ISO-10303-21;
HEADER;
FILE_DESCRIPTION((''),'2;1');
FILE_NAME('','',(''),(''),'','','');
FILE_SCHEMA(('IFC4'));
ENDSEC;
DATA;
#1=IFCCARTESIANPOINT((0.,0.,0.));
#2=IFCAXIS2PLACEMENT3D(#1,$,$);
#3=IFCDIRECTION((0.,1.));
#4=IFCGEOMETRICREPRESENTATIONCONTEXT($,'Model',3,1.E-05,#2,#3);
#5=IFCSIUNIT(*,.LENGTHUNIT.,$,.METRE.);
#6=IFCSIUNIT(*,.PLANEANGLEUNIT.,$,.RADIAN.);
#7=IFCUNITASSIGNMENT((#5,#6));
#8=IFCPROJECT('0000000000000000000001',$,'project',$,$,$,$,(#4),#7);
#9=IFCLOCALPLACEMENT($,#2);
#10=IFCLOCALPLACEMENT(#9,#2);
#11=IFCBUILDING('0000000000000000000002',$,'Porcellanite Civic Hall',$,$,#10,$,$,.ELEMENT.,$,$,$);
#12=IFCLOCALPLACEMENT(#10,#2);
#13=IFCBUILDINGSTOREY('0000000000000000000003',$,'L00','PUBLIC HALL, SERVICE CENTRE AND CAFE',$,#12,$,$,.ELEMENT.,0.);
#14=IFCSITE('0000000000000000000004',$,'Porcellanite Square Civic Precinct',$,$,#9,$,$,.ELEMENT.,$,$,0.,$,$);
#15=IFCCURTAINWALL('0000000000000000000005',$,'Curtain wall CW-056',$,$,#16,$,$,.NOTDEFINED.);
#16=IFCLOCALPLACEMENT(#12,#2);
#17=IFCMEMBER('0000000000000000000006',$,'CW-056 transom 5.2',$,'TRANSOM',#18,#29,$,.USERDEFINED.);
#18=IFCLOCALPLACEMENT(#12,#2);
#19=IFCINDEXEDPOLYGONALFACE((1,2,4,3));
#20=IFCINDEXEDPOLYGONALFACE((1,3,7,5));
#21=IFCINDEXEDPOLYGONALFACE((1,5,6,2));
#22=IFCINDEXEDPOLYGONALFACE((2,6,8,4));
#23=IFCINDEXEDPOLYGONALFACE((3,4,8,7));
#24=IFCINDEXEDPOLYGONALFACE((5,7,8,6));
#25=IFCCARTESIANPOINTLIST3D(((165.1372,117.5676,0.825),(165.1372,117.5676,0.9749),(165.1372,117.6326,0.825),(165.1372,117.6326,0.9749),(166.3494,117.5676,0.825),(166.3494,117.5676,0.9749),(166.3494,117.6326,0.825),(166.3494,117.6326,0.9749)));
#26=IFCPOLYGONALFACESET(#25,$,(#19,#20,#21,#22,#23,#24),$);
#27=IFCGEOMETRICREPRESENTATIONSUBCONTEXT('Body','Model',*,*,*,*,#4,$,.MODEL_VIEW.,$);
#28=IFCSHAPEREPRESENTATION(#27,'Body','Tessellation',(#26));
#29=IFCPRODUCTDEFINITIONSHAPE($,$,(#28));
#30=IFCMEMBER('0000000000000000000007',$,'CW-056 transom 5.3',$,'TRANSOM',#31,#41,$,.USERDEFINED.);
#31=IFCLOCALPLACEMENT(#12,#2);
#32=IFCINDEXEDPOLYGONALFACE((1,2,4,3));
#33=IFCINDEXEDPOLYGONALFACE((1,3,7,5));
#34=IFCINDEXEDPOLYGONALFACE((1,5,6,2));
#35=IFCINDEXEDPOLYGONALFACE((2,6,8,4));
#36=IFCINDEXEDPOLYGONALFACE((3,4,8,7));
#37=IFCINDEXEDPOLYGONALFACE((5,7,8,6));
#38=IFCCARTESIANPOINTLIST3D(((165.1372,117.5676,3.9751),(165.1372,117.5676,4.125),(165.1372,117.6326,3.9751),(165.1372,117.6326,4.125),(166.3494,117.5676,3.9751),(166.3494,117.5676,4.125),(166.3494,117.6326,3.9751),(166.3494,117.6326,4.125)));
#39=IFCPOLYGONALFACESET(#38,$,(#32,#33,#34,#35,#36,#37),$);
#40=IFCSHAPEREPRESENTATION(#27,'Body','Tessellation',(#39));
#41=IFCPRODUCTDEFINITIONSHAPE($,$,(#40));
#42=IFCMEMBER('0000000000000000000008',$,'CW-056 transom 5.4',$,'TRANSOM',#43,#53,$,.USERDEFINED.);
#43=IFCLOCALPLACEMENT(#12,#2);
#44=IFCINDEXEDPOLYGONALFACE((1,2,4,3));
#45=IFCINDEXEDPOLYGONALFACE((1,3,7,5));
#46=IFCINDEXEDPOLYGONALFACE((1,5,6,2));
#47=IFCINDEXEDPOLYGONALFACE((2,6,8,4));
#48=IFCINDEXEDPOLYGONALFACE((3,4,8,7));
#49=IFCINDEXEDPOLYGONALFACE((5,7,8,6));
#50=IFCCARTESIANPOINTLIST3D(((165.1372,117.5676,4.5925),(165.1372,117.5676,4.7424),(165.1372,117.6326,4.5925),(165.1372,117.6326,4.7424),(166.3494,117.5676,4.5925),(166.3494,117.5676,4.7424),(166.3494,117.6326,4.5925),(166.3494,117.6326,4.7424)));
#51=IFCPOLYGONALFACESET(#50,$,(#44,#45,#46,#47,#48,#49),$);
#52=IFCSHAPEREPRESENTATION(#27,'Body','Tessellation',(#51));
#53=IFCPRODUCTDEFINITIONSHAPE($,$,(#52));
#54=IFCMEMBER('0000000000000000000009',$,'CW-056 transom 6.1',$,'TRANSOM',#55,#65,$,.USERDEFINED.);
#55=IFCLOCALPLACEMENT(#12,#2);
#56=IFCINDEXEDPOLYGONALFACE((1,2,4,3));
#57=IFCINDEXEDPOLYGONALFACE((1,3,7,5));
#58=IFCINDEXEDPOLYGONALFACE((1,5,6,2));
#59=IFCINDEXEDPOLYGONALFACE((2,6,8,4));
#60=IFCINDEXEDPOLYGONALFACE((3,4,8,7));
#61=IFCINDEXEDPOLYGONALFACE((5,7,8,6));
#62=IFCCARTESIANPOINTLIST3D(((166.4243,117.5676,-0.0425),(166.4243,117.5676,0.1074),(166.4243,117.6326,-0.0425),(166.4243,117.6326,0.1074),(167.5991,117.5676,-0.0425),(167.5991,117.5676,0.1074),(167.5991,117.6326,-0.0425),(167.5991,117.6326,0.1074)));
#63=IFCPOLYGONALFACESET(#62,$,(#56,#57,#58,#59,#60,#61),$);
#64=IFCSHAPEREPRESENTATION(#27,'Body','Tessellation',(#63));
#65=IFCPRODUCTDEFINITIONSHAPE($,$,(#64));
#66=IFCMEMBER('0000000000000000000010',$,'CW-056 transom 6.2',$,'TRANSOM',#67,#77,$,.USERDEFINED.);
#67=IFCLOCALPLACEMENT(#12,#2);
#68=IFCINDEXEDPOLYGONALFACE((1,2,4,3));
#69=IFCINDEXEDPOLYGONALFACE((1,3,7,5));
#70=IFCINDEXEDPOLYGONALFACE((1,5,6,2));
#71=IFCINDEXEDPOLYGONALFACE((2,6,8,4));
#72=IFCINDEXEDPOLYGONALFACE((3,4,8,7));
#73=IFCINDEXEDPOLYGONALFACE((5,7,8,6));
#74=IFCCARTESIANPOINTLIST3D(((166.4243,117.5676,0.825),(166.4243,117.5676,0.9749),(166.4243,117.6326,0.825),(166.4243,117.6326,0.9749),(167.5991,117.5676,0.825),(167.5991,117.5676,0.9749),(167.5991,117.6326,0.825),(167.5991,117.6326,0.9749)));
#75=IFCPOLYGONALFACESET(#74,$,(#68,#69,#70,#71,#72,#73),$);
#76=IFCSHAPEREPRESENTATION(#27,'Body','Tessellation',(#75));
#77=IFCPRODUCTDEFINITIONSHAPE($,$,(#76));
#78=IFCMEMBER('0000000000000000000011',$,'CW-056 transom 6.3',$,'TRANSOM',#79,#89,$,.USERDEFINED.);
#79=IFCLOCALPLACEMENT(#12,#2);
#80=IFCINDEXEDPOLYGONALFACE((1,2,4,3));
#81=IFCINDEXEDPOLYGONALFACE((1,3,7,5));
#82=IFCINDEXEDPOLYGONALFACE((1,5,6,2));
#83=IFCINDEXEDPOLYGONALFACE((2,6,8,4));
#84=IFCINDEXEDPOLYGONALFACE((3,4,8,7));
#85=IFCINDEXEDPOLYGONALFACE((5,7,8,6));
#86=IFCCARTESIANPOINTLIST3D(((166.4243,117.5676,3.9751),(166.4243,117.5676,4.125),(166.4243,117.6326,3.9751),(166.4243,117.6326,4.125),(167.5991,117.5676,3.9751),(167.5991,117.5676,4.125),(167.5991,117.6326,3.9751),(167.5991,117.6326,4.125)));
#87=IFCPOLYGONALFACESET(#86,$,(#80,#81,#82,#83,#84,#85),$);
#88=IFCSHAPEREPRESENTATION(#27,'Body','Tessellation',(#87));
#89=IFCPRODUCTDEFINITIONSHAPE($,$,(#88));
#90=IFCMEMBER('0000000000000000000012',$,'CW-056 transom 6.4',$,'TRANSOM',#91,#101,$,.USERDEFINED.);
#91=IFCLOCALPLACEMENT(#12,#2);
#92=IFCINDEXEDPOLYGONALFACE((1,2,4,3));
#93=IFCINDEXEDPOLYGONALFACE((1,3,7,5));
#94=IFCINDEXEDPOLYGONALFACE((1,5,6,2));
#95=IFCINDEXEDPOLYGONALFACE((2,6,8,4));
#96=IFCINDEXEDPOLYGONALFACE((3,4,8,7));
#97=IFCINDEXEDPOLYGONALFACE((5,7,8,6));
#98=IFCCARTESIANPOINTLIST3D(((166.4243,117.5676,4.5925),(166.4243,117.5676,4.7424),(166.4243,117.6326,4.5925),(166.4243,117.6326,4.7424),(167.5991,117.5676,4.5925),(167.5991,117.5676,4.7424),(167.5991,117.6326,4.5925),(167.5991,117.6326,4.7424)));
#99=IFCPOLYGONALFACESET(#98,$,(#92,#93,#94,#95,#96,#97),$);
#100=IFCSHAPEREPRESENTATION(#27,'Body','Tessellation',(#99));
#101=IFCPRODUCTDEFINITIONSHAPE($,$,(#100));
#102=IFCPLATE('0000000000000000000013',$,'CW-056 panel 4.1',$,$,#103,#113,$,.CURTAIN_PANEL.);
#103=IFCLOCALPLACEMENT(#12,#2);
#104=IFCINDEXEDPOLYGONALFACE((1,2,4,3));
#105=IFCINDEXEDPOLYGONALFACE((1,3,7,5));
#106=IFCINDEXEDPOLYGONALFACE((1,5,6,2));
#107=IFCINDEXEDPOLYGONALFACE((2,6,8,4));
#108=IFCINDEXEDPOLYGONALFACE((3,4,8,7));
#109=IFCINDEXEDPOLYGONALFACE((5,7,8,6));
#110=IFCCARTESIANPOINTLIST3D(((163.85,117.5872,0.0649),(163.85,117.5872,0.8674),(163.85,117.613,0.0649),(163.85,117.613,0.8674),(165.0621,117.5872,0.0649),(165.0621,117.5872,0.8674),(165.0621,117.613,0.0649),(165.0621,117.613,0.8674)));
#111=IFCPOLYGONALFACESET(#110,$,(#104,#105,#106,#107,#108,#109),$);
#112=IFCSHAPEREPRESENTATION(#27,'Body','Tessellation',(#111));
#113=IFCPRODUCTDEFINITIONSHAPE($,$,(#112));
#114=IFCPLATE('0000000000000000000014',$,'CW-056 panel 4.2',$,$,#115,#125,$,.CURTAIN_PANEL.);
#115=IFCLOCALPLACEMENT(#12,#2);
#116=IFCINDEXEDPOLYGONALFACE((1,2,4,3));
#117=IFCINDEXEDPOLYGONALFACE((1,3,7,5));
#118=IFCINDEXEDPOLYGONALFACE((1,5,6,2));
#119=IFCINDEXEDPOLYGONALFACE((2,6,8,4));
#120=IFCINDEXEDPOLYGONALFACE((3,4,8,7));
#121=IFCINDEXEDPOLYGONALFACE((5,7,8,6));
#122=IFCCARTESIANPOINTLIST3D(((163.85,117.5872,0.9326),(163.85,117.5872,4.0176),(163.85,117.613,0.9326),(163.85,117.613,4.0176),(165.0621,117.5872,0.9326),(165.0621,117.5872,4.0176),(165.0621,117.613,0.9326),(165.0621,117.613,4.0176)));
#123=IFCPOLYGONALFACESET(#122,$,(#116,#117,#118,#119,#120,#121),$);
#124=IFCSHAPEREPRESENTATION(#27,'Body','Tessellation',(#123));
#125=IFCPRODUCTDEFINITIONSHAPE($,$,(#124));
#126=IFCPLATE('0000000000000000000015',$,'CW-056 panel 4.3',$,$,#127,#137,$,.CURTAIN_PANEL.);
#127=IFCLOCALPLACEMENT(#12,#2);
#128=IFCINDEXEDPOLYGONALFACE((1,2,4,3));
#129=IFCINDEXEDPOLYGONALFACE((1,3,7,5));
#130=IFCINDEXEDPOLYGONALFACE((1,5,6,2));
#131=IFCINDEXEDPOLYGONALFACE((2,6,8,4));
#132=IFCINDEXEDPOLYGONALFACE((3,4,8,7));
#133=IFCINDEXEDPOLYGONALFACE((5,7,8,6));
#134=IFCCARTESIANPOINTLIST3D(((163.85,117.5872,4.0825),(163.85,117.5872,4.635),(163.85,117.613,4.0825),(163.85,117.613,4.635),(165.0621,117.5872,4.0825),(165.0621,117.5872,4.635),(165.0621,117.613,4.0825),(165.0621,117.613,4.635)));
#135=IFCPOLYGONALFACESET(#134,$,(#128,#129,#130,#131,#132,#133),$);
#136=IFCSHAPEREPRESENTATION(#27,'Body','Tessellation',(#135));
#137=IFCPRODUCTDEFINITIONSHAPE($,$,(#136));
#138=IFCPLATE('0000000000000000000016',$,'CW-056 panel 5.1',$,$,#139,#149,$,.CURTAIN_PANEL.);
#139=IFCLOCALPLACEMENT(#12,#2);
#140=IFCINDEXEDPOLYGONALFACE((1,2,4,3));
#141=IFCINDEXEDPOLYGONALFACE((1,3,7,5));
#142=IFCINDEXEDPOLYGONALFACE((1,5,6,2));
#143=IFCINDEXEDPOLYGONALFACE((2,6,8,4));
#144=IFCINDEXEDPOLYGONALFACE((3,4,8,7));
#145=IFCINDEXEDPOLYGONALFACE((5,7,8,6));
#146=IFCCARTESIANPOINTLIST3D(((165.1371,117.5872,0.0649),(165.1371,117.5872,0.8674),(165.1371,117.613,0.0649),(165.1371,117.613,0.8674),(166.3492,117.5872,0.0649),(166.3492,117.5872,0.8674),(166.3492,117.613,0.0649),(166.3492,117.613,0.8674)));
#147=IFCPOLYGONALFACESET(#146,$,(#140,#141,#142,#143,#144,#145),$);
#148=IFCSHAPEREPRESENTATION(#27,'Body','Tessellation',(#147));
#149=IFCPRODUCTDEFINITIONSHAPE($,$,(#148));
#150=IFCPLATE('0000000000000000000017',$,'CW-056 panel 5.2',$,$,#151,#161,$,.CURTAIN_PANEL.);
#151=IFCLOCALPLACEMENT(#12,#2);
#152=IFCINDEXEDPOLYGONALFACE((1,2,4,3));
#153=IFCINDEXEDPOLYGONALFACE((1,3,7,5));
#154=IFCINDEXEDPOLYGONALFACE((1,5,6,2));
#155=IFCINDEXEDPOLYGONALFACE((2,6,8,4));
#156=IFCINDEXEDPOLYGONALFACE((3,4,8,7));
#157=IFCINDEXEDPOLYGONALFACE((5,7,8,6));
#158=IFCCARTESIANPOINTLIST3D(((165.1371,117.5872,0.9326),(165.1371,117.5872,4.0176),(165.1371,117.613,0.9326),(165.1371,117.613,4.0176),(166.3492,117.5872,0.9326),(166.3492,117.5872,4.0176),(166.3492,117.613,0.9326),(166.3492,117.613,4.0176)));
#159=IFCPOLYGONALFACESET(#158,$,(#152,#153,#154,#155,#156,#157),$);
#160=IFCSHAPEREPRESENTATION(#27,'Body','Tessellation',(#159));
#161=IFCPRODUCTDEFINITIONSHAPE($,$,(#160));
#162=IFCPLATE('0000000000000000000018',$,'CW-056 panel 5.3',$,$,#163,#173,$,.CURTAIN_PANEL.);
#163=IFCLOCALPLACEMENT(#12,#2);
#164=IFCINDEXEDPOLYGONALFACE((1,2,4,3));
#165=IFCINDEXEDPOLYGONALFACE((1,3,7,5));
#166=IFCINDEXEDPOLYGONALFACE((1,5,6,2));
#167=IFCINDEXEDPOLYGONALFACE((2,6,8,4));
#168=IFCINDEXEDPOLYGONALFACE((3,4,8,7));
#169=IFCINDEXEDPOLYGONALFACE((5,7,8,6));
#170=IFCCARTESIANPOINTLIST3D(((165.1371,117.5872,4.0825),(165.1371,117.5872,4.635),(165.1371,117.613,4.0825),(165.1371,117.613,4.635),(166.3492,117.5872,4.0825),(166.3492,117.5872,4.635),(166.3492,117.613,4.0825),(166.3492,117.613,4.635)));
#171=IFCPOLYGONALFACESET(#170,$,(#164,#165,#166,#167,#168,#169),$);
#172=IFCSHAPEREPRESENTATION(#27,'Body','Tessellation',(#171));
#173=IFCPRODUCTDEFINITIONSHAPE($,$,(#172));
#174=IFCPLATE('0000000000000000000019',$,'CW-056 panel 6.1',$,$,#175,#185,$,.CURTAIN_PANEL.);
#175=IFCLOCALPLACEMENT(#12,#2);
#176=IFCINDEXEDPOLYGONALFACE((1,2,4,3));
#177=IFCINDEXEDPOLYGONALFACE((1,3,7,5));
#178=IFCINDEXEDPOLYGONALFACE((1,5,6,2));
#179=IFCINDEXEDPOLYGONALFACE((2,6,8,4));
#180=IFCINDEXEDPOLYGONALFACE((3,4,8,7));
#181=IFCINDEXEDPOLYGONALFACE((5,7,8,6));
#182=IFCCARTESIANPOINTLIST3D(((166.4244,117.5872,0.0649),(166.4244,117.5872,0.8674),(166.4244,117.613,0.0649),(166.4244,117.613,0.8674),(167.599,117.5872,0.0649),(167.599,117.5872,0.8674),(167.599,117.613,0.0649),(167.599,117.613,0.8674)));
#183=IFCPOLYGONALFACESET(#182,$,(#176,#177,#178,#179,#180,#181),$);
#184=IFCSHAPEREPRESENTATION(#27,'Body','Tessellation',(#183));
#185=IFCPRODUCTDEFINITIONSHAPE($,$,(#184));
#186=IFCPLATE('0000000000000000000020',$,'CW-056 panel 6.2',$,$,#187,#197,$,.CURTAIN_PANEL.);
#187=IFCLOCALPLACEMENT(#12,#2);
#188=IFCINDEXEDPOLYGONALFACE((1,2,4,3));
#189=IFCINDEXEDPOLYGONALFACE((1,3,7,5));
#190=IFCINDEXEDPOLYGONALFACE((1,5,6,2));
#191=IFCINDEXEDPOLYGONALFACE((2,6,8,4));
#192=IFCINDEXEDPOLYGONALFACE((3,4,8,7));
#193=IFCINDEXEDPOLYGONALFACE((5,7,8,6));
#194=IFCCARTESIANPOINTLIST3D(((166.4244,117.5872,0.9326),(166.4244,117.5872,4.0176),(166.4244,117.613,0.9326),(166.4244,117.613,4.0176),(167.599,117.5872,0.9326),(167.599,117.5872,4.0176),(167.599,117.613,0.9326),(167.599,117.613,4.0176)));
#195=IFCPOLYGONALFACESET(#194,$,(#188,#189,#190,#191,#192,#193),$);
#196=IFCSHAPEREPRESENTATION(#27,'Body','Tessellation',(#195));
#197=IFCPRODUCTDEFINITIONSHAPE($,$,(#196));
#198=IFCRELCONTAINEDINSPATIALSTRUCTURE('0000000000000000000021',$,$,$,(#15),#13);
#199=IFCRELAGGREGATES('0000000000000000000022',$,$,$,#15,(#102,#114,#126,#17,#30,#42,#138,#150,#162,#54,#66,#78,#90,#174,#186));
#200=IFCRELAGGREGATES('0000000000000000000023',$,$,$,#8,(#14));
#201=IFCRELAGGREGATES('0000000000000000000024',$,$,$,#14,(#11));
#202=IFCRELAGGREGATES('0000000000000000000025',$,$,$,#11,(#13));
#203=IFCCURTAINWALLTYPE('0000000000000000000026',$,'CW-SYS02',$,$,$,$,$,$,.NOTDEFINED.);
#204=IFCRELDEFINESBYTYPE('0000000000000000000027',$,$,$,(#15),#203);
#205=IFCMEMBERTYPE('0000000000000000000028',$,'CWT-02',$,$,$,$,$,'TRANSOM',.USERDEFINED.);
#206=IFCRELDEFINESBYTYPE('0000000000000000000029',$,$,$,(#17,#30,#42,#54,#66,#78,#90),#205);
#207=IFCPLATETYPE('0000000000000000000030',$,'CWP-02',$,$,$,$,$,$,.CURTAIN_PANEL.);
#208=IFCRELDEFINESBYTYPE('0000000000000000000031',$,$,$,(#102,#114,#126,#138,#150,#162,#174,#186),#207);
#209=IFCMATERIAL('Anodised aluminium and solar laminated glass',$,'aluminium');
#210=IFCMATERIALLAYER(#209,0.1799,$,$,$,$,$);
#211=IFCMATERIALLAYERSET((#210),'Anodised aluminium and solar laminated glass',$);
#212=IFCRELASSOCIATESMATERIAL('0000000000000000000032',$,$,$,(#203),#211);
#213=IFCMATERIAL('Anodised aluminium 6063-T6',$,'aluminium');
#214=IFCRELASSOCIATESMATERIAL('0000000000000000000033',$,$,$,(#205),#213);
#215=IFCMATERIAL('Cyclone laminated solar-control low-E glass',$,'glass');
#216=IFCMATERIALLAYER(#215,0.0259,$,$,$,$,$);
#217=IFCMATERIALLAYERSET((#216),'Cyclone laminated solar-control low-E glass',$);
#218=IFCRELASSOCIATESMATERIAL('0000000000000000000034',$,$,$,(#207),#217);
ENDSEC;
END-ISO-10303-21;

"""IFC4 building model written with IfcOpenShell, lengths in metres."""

from ifc_helpers import new_model, si_unit, direction, frame, origin, origin_2d, place, context, subcontext, project, spatial, rectangle, extrude, material, layer, layer_set, material_profile, profile_set, type_object, element, aggregate, save


model = new_model("IFC4")

# Units and contexts
model_context = context("Model", 3, precision=1e-05, world=origin(), true_north=direction((0.0, 1.0)))
body_context = subcontext(model_context, "Body", "Model", "MODEL_VIEW")
ifc_project = project(units=[si_unit("LENGTHUNIT", "METRE"), si_unit("PLANEANGLEUNIT", "RADIAN")], contexts=[model_context])

# Site, building, storey
site_placement = place(None, origin())
site = spatial("IfcSite", under=ifc_project, at=site_placement, Name="Porcellanite Square Civic Precinct", CompositionType="ELEMENT", RefElevation=0.0)
building_placement = place(site_placement, origin())
building = spatial("IfcBuilding", under=site, at=building_placement, Name="Porcellanite Civic Hall", CompositionType="ELEMENT")
storey_placement = place(building_placement, origin())
storey = spatial("IfcBuildingStorey", under=building, at=storey_placement, Name="L00", Description="PUBLIC HALL, SERVICE CENTRE AND CAFE", CompositionType="ELEMENT", Elevation=0.0)

# Curtain wall, members, plates
ifc_material_1 = material(Name="Anodised aluminium and solar laminated glass", Category="aluminium")
ifc_layer_1 = layer(ifc_material_1, 0.1799)
ifc_layer_set_1 = layer_set([ifc_layer_1], Name="Anodised aluminium and solar laminated glass")
curtain_wall_type = type_object("IfcCurtainWallType", Name="CW-SYS02", PredefinedType="NOTDEFINED", material=ifc_layer_set_1)
curtain_wall_placement = place(storey_placement, origin())
curtain_wall = element("IfcCurtainWall", 1, at=curtain_wall_placement, inside=storey, type_object=curtain_wall_type, Name="Curtain wall CW-056", PredefinedType="NOTDEFINED")
ifc_material_2 = material(Name="Anodised aluminium 6063-T6", Category="aluminium")
ifc_material_profile_1 = material_profile(ifc_material_2, rectangle(XDim=0.0649, YDim=0.1499, at=origin_2d()), Name="AL-65x150")
ifc_profile_set_1 = profile_set([ifc_material_profile_1], Name="Anodised aluminium 6063-T6")
member_type_1 = type_object("IfcMemberType", Name="CWT-02", ElementType="TRANSOM", PredefinedType="USERDEFINED", material=ifc_profile_set_1)
member_1_placement = place(storey_placement, frame((165.1372, 117.6001, 0.8999), z_axis=(1.0, 0.0, 0.0), x_axis=(0.0, 1.0, 0.0)))
member_1 = element("IfcMember", 2, at=member_1_placement, type_object=member_type_1, Name="CW-056 transom 5.2", ObjectType="TRANSOM", PredefinedType="USERDEFINED", context=body_context, shape_type="SweptSolid", body=[
    extrude(rectangle(XDim=0.0649, YDim=0.1499, at=origin_2d()), origin(), (0.0, 0.0, 1.0), 1.2122),
])
member_2_placement = place(storey_placement, frame((165.1372, 117.6001, 4.05), z_axis=(1.0, 0.0, 0.0), x_axis=(0.0, 1.0, 0.0)))
member_2 = element("IfcMember", 3, at=member_2_placement, type_object=member_type_1, Name="CW-056 transom 5.3", ObjectType="TRANSOM", PredefinedType="USERDEFINED", context=body_context, shape_type="SweptSolid", body=[
    extrude(rectangle(XDim=0.0649, YDim=0.1499, at=origin_2d()), origin(), (0.0, 0.0, 1.0), 1.2122),
])
member_3_placement = place(storey_placement, frame((165.1372, 117.6001, 4.6675), z_axis=(1.0, 0.0, 0.0), x_axis=(0.0, 1.0, 0.0)))
member_3 = element("IfcMember", 4, at=member_3_placement, type_object=member_type_1, Name="CW-056 transom 5.4", ObjectType="TRANSOM", PredefinedType="USERDEFINED", context=body_context, shape_type="SweptSolid", body=[
    extrude(rectangle(XDim=0.0649, YDim=0.1499, at=origin_2d()), origin(), (0.0, 0.0, 1.0), 1.2122),
])
member_4_placement = place(storey_placement, frame((166.4243, 117.6001, 0.0325), z_axis=(1.0, 0.0, 0.0), x_axis=(0.0, 1.0, 0.0)))
member_4 = element("IfcMember", 5, at=member_4_placement, type_object=member_type_1, Name="CW-056 transom 6.1", ObjectType="TRANSOM", PredefinedType="USERDEFINED", context=body_context, shape_type="SweptSolid", body=[
    extrude(rectangle(XDim=0.0649, YDim=0.1499, at=origin_2d()), origin(), (0.0, 0.0, 1.0), 1.1748),
])
member_5_placement = place(storey_placement, frame((166.4243, 117.6001, 0.8999), z_axis=(1.0, 0.0, 0.0), x_axis=(0.0, 1.0, 0.0)))
member_5 = element("IfcMember", 6, at=member_5_placement, type_object=member_type_1, Name="CW-056 transom 6.2", ObjectType="TRANSOM", PredefinedType="USERDEFINED", context=body_context, shape_type="SweptSolid", body=[
    extrude(rectangle(XDim=0.0649, YDim=0.1499, at=origin_2d()), origin(), (0.0, 0.0, 1.0), 1.1748),
])
member_6_placement = place(storey_placement, frame((166.4243, 117.6001, 4.05), z_axis=(1.0, 0.0, 0.0), x_axis=(0.0, 1.0, 0.0)))
member_6 = element("IfcMember", 7, at=member_6_placement, type_object=member_type_1, Name="CW-056 transom 6.3", ObjectType="TRANSOM", PredefinedType="USERDEFINED", context=body_context, shape_type="SweptSolid", body=[
    extrude(rectangle(XDim=0.0649, YDim=0.1499, at=origin_2d()), origin(), (0.0, 0.0, 1.0), 1.1748),
])
member_7_placement = place(storey_placement, frame((166.4243, 117.6001, 4.6675), z_axis=(1.0, 0.0, 0.0), x_axis=(0.0, 1.0, 0.0)))
member_7 = element("IfcMember", 8, at=member_7_placement, type_object=member_type_1, Name="CW-056 transom 6.4", ObjectType="TRANSOM", PredefinedType="USERDEFINED", context=body_context, shape_type="SweptSolid", body=[
    extrude(rectangle(XDim=0.0649, YDim=0.1499, at=origin_2d()), origin(), (0.0, 0.0, 1.0), 1.1748),
])
ifc_material_3 = material(Name="Cyclone laminated solar-control low-E glass", Category="glass")
ifc_layer_2 = layer(ifc_material_3, 0.0259)
ifc_layer_set_2 = layer_set([ifc_layer_2], Name="Cyclone laminated solar-control low-E glass")
plate_type = type_object("IfcPlateType", Name="CWP-02", PredefinedType="CURTAIN_PANEL", material=ifc_layer_set_2)
plate_1_placement = place(storey_placement, frame((164.4561, 117.6001, 0.0649), z_axis=(0.0, 0.0, 1.0), x_axis=(1.0, 0.0, 0.0)))
plate_1 = element("IfcPlate", 9, at=plate_1_placement, type_object=plate_type, Name="CW-056 panel 4.1", PredefinedType="CURTAIN_PANEL", context=body_context, shape_type="SweptSolid", body=[
    extrude(rectangle(XDim=1.2122, YDim=0.0259, at=origin_2d()), origin(), (0.0, 0.0, 1.0), 0.8025),
])
plate_2_placement = place(storey_placement, frame((164.4561, 117.6001, 0.9326), z_axis=(0.0, 0.0, 1.0), x_axis=(1.0, 0.0, 0.0)))
plate_2 = element("IfcPlate", 10, at=plate_2_placement, type_object=plate_type, Name="CW-056 panel 4.2", PredefinedType="CURTAIN_PANEL", context=body_context, shape_type="SweptSolid", body=[
    extrude(rectangle(XDim=1.2122, YDim=0.0259, at=origin_2d()), origin(), (0.0, 0.0, 1.0), 3.085),
])
plate_3_placement = place(storey_placement, frame((164.4561, 117.6001, 4.0825), z_axis=(0.0, 0.0, 1.0), x_axis=(1.0, 0.0, 0.0)))
plate_3 = element("IfcPlate", 11, at=plate_3_placement, type_object=plate_type, Name="CW-056 panel 4.3", PredefinedType="CURTAIN_PANEL", context=body_context, shape_type="SweptSolid", body=[
    extrude(rectangle(XDim=1.2122, YDim=0.0259, at=origin_2d()), origin(), (0.0, 0.0, 1.0), 0.5525),
])
plate_4_placement = place(storey_placement, frame((165.7432, 117.6001, 0.0649), z_axis=(0.0, 0.0, 1.0), x_axis=(1.0, 0.0, 0.0)))
plate_4 = element("IfcPlate", 12, at=plate_4_placement, type_object=plate_type, Name="CW-056 panel 5.1", PredefinedType="CURTAIN_PANEL", context=body_context, shape_type="SweptSolid", body=[
    extrude(rectangle(XDim=1.2122, YDim=0.0259, at=origin_2d()), origin(), (0.0, 0.0, 1.0), 0.8025),
])
plate_5_placement = place(storey_placement, frame((165.7432, 117.6001, 0.9326), z_axis=(0.0, 0.0, 1.0), x_axis=(1.0, 0.0, 0.0)))
plate_5 = element("IfcPlate", 13, at=plate_5_placement, type_object=plate_type, Name="CW-056 panel 5.2", PredefinedType="CURTAIN_PANEL", context=body_context, shape_type="SweptSolid", body=[
    extrude(rectangle(XDim=1.2122, YDim=0.0259, at=origin_2d()), origin(), (0.0, 0.0, 1.0), 3.085),
])
plate_6_placement = place(storey_placement, frame((165.7432, 117.6001, 4.0825), z_axis=(0.0, 0.0, 1.0), x_axis=(1.0, 0.0, 0.0)))
plate_6 = element("IfcPlate", 14, at=plate_6_placement, type_object=plate_type, Name="CW-056 panel 5.3", PredefinedType="CURTAIN_PANEL", context=body_context, shape_type="SweptSolid", body=[
    extrude(rectangle(XDim=1.2122, YDim=0.0259, at=origin_2d()), origin(), (0.0, 0.0, 1.0), 0.5525),
])
plate_7_placement = place(storey_placement, frame((167.0117, 117.6001, 0.0649), z_axis=(0.0, 0.0, 1.0), x_axis=(1.0, 0.0, 0.0)))
plate_7 = element("IfcPlate", 15, at=plate_7_placement, type_object=plate_type, Name="CW-056 panel 6.1", PredefinedType="CURTAIN_PANEL", context=body_context, shape_type="SweptSolid", body=[
    extrude(rectangle(XDim=1.1746, YDim=0.0259, at=origin_2d()), origin(), (0.0, 0.0, 1.0), 0.8025),
])
plate_8_placement = place(storey_placement, frame((167.0117, 117.6001, 0.9326), z_axis=(0.0, 0.0, 1.0), x_axis=(1.0, 0.0, 0.0)))
plate_8 = element("IfcPlate", 16, at=plate_8_placement, type_object=plate_type, Name="CW-056 panel 6.2", PredefinedType="CURTAIN_PANEL", context=body_context, shape_type="SweptSolid", body=[
    extrude(rectangle(XDim=1.1746, YDim=0.0259, at=origin_2d()), origin(), (0.0, 0.0, 1.0), 3.085),
])
aggregate(curtain_wall, [plate_1, plate_2, plate_3, member_1, member_2, member_3, plate_4, plate_5, plate_6, member_4, member_5, member_6, member_7, plate_7, plate_8])

save(model, "model.ifc")
